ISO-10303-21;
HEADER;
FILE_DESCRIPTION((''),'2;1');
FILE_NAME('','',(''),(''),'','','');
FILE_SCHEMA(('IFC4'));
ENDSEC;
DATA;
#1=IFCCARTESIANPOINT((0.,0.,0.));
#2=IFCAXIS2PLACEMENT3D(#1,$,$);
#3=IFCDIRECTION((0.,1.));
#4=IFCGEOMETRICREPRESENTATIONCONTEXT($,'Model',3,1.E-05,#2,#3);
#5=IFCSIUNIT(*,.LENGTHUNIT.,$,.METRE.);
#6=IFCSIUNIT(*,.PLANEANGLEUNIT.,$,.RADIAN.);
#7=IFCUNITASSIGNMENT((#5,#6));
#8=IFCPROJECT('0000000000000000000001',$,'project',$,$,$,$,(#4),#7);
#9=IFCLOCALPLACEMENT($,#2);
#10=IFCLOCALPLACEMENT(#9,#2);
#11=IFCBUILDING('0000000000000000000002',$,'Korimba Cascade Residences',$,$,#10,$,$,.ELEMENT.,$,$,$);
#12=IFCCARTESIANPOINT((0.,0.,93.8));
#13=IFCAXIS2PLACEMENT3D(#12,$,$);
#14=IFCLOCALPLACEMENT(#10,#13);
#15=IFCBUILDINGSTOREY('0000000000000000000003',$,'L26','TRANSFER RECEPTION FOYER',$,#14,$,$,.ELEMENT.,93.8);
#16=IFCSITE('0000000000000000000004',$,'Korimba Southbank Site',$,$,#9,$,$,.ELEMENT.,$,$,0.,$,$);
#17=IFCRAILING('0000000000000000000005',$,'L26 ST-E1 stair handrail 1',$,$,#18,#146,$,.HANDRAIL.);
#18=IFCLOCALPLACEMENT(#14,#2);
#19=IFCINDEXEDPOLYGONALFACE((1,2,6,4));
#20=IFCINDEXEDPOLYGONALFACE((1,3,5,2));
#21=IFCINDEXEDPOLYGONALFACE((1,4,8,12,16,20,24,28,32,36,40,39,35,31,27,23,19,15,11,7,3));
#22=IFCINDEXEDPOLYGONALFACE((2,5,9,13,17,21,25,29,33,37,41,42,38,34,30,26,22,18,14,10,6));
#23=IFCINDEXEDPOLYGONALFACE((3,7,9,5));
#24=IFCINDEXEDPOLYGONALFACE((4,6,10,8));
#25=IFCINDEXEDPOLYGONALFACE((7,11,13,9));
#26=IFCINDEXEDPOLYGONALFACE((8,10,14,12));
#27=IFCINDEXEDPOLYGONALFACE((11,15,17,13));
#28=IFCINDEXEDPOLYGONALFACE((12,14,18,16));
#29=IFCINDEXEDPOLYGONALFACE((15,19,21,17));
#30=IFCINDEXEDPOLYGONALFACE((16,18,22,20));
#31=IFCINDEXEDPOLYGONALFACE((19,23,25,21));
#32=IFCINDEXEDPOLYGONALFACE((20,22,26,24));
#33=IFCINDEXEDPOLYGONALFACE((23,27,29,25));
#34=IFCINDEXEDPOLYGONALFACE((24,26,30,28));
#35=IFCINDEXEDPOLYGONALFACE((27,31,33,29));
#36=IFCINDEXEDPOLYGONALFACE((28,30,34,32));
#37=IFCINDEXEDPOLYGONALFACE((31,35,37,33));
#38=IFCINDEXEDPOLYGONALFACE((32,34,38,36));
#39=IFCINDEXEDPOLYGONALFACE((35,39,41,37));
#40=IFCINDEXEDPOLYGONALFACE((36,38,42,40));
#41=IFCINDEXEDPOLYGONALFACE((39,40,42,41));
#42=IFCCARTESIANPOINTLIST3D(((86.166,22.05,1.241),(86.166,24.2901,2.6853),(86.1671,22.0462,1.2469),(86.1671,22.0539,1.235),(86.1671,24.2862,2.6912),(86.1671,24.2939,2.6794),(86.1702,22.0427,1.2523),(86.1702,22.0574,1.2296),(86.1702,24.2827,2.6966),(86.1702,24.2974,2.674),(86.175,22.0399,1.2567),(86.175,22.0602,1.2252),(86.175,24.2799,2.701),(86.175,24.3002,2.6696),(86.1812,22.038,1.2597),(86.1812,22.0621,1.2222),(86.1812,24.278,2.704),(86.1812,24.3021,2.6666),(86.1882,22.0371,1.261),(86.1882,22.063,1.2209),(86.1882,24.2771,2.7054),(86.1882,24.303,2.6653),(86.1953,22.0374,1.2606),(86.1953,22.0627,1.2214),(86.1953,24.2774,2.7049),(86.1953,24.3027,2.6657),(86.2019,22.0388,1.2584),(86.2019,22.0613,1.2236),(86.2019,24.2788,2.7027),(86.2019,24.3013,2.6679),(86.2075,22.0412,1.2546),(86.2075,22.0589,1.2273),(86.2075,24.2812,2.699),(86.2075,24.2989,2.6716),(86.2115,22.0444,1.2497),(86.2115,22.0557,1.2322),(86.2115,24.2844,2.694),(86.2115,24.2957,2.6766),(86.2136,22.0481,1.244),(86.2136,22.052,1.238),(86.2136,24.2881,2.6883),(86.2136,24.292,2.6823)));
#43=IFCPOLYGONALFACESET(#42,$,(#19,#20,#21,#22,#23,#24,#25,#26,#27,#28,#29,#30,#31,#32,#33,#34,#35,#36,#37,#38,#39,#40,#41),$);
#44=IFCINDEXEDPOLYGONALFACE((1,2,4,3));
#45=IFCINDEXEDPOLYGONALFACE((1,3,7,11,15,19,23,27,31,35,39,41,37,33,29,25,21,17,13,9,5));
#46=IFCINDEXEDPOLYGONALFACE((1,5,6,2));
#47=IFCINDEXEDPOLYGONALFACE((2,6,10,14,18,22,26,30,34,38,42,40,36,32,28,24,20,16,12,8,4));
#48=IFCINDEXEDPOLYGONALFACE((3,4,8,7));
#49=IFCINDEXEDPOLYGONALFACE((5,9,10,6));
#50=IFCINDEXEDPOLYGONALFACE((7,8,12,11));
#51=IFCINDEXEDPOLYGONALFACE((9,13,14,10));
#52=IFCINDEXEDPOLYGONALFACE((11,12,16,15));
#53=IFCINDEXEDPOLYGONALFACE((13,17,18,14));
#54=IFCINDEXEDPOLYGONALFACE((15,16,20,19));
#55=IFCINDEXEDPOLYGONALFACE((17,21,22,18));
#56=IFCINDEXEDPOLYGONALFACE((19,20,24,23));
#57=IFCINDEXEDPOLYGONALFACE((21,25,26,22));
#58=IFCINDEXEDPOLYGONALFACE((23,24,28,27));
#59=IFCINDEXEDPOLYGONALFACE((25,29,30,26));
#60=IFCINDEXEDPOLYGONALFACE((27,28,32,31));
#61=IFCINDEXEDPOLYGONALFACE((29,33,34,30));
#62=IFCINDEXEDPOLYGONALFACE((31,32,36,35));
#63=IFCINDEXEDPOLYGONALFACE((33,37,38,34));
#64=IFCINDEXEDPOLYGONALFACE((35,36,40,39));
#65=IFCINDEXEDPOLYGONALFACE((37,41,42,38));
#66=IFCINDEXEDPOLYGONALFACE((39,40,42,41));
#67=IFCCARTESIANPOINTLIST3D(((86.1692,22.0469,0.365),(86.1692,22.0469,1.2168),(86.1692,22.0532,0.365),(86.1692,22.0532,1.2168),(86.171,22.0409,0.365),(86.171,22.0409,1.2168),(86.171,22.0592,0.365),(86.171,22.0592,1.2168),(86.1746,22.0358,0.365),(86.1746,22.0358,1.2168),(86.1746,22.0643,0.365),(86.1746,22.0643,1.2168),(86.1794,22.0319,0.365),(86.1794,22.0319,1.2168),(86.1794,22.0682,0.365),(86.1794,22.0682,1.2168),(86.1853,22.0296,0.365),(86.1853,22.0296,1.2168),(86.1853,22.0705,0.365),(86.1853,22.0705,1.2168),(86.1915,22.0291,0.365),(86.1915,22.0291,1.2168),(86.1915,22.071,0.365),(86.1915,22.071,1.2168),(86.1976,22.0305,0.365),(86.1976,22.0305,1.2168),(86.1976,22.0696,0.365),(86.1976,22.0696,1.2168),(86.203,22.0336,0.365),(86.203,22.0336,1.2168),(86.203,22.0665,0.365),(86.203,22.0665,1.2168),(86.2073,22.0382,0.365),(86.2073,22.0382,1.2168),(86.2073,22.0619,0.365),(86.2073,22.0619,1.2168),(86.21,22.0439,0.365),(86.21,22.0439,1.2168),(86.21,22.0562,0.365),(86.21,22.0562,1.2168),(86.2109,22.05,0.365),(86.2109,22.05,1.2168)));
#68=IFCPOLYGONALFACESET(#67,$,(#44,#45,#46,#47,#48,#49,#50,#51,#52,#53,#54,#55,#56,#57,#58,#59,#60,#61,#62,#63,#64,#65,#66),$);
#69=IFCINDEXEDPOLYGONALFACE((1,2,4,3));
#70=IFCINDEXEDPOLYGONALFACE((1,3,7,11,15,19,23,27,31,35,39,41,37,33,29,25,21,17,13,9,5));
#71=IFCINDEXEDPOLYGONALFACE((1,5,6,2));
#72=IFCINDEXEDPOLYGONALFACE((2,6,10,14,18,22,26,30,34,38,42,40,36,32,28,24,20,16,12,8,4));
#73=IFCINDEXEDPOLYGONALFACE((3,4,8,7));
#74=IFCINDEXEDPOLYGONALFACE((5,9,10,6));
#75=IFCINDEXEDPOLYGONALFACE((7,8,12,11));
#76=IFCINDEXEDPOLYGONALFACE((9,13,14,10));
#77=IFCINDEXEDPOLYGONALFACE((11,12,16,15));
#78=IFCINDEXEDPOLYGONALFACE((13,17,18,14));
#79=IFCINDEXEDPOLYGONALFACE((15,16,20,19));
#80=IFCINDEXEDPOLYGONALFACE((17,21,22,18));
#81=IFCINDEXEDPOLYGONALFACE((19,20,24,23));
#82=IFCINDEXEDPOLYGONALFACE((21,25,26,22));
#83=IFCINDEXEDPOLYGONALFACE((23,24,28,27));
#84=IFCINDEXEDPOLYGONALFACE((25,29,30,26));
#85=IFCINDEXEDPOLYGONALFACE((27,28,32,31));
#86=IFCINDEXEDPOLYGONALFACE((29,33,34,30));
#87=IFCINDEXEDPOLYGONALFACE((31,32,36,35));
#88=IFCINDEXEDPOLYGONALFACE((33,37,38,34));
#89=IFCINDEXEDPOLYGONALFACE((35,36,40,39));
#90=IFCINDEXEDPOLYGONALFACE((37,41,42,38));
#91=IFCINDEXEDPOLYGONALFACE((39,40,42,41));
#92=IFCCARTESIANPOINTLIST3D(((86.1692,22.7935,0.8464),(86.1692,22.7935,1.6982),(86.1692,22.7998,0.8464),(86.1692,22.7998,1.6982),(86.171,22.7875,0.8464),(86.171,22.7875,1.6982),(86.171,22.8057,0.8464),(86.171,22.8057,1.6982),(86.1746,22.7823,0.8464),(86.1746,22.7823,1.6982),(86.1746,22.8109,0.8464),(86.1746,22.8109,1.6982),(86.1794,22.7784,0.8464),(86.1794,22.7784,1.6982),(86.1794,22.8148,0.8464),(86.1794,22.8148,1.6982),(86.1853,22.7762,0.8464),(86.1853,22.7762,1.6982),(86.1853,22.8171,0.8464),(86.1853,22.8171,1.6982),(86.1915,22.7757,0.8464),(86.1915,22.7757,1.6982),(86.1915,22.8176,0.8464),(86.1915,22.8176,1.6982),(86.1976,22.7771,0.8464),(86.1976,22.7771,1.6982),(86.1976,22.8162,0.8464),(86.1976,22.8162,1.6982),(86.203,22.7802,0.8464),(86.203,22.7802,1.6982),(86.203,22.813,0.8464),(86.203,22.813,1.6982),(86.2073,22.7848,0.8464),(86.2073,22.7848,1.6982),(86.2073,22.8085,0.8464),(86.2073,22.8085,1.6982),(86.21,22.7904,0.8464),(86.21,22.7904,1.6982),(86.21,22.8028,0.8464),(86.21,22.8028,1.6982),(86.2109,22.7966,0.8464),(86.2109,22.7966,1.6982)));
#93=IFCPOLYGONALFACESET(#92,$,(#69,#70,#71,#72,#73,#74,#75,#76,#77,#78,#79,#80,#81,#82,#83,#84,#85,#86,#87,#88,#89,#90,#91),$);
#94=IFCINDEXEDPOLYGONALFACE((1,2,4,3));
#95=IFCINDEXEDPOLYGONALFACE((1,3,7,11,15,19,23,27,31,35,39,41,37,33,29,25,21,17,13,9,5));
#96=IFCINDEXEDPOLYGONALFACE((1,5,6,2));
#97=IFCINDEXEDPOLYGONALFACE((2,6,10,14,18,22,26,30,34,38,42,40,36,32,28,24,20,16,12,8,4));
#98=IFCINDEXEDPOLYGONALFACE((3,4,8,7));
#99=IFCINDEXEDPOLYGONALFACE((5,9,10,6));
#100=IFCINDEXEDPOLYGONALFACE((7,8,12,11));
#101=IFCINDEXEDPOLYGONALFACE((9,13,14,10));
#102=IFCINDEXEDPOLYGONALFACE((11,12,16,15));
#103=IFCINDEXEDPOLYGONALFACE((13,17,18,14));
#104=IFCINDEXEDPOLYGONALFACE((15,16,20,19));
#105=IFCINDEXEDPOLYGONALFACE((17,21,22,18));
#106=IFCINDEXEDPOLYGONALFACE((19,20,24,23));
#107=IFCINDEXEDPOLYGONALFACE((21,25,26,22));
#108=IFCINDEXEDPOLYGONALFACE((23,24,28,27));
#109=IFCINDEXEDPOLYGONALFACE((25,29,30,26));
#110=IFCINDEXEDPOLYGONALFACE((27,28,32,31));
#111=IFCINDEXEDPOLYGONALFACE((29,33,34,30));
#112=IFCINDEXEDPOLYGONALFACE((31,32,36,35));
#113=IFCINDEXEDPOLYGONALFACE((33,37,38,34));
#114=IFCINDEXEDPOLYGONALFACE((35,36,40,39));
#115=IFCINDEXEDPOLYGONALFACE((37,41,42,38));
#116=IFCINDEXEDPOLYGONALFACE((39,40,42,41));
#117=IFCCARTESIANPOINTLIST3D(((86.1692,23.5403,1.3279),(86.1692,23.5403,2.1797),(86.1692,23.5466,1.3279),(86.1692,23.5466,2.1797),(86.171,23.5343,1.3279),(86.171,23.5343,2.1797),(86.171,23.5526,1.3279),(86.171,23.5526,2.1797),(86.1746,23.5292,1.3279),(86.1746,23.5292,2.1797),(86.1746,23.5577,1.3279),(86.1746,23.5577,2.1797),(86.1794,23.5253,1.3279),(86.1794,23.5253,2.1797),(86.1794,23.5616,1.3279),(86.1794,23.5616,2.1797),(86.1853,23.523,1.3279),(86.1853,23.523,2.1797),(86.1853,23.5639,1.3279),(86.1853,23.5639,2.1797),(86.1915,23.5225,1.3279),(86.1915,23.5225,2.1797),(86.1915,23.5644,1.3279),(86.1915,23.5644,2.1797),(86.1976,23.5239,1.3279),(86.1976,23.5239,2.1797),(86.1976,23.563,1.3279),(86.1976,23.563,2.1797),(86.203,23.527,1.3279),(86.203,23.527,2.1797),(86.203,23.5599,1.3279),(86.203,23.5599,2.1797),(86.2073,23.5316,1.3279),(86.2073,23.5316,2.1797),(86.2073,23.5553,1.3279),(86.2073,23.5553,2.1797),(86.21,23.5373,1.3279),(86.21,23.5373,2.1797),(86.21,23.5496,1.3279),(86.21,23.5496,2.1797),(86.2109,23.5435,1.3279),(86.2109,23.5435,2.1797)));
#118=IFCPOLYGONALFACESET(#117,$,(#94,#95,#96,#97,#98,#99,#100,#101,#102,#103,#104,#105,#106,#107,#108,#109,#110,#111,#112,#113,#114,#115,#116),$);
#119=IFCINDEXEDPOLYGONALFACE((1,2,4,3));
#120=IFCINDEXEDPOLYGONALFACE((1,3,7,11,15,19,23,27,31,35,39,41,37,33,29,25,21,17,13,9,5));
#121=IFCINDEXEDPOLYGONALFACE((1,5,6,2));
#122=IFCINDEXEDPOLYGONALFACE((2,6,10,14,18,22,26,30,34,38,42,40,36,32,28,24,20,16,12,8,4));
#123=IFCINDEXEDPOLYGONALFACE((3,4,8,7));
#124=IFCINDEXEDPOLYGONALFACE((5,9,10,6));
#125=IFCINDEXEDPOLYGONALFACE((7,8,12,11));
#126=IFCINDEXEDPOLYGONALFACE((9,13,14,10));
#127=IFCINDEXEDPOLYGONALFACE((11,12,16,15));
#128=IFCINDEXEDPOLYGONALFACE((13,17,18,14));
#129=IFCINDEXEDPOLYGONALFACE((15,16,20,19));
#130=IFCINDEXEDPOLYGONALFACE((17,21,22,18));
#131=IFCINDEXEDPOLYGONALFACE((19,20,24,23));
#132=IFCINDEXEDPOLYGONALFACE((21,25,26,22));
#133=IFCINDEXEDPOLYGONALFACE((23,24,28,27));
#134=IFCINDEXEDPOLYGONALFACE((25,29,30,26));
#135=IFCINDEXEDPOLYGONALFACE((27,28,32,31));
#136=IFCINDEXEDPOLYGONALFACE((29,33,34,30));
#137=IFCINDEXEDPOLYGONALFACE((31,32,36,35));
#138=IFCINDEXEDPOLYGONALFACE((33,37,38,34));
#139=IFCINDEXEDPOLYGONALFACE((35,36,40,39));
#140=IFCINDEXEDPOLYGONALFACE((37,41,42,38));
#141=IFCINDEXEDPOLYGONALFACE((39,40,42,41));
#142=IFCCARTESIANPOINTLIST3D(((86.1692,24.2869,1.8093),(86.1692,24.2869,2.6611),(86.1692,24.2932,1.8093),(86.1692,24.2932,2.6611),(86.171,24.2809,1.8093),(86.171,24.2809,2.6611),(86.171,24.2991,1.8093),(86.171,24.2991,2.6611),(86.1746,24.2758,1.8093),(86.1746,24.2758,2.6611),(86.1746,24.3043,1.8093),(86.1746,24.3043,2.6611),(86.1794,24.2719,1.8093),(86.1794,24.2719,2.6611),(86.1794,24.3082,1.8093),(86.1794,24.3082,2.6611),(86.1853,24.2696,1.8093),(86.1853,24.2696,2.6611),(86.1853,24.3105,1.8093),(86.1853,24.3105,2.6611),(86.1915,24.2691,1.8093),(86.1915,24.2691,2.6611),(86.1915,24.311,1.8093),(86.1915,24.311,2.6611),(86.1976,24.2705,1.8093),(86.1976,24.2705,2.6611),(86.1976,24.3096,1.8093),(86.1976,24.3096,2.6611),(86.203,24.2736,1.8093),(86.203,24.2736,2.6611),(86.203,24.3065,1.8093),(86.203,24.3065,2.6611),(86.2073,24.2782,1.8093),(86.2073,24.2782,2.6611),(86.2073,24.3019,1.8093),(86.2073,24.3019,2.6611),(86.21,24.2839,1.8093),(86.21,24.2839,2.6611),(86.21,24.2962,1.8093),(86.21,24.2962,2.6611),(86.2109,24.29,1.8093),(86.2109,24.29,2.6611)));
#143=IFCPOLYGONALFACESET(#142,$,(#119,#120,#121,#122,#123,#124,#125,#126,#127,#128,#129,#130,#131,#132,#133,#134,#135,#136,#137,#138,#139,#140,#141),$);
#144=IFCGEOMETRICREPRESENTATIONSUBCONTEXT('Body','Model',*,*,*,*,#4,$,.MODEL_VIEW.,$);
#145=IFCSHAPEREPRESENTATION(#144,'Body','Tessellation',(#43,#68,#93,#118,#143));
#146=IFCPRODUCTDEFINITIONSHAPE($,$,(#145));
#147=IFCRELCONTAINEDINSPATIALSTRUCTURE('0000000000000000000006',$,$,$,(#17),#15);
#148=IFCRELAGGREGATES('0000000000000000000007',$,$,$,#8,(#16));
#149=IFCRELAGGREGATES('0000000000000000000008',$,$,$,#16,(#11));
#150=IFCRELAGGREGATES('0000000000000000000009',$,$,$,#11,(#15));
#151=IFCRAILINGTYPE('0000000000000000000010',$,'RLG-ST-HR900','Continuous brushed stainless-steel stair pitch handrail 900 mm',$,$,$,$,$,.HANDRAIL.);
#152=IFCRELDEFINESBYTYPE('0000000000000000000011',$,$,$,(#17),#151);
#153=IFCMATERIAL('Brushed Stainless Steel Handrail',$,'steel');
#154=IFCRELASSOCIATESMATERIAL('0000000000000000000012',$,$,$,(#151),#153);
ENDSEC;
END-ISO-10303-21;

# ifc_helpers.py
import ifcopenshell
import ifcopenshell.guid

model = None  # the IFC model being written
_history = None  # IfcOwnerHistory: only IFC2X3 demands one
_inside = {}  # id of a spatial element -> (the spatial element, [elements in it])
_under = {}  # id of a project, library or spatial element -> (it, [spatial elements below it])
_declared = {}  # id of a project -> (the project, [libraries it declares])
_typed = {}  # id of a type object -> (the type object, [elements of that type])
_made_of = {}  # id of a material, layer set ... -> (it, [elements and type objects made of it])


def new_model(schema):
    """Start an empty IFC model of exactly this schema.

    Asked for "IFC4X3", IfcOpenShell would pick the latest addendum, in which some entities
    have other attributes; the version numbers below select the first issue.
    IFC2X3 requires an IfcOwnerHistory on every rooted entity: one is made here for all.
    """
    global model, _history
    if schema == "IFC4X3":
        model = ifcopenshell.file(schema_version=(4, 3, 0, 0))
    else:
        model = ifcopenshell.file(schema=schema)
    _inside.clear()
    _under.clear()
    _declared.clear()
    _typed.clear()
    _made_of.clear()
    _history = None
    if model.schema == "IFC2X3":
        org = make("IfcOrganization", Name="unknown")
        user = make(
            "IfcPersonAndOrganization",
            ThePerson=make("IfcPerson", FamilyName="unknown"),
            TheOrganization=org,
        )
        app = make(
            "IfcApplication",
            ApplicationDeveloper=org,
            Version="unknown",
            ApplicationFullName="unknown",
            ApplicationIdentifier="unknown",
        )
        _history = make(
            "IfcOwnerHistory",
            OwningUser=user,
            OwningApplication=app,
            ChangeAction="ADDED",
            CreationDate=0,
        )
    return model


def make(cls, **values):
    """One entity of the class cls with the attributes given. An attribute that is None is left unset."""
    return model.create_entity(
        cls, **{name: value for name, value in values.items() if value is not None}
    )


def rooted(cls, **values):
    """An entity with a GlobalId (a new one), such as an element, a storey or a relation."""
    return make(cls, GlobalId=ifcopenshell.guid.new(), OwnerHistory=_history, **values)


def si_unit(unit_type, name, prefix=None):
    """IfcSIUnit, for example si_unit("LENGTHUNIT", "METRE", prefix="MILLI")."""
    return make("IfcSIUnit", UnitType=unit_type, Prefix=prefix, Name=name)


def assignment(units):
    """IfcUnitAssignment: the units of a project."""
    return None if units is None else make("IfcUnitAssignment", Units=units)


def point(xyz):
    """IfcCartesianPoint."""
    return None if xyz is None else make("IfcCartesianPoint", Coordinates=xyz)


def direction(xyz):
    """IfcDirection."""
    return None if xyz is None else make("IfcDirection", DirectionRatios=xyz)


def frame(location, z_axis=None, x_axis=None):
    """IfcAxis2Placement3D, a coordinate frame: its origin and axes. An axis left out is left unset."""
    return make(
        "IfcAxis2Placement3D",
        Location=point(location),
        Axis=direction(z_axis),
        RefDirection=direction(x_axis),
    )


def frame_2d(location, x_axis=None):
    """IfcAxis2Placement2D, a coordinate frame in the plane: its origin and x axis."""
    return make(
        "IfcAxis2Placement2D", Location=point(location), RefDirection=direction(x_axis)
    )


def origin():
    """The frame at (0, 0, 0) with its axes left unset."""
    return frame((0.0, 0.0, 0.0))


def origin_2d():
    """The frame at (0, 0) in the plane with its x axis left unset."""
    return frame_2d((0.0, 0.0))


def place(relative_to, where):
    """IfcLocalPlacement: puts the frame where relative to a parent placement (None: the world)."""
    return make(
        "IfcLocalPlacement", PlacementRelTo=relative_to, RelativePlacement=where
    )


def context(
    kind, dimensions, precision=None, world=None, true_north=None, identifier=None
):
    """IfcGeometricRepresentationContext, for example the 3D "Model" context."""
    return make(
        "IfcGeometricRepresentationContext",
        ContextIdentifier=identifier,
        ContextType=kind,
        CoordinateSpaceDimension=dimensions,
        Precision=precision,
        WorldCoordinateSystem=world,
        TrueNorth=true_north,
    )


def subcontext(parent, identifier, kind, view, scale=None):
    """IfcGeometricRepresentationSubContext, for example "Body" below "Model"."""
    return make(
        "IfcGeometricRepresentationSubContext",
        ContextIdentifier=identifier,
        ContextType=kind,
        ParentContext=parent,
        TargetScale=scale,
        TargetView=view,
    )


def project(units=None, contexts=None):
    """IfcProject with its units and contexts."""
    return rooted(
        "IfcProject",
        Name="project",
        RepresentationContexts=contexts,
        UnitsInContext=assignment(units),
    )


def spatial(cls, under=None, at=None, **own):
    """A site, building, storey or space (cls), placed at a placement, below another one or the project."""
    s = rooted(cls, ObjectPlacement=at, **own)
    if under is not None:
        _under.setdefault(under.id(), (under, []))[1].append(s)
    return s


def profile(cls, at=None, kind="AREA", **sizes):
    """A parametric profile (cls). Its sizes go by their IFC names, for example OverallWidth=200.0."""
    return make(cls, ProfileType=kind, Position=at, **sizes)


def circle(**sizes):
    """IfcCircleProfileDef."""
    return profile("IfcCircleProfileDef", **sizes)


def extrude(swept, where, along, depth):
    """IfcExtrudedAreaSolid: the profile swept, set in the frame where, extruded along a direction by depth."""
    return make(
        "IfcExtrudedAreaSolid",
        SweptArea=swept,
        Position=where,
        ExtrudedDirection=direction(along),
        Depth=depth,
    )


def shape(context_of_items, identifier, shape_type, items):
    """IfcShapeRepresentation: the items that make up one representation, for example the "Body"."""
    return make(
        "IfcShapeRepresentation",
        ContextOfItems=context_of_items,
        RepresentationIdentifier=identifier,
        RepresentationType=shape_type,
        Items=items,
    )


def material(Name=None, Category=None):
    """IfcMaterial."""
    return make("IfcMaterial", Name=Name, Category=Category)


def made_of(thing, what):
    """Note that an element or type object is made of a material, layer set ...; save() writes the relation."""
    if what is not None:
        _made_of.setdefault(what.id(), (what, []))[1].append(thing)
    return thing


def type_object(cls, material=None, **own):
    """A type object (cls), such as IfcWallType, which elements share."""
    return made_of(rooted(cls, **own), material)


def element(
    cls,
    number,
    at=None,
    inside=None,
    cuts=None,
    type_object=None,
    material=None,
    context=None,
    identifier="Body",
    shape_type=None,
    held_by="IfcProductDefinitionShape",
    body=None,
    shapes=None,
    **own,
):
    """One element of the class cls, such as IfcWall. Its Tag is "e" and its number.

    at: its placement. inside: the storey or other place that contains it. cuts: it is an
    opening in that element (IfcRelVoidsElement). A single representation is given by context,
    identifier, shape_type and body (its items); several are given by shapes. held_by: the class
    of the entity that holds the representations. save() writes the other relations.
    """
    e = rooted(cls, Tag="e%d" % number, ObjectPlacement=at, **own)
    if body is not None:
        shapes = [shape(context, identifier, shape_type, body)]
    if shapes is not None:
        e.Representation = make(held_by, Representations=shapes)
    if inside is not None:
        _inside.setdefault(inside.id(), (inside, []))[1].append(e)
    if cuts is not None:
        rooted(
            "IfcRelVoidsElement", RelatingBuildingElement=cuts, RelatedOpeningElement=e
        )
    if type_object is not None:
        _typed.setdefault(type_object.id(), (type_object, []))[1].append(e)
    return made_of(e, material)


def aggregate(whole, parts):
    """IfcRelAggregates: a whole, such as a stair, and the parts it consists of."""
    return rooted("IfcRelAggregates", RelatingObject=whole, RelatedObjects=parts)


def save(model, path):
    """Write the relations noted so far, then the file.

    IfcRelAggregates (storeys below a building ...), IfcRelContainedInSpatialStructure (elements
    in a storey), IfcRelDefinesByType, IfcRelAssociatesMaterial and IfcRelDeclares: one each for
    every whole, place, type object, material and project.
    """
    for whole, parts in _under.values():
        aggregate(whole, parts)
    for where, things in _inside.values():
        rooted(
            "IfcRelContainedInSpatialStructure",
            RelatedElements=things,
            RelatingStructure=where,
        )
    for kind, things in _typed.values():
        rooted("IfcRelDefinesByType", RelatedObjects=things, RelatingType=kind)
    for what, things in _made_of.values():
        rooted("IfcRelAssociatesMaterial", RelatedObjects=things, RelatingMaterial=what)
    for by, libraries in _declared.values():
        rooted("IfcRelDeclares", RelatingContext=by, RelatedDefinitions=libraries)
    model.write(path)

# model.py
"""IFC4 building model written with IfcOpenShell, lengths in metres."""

from ifc_helpers import new_model, si_unit, direction, frame, origin, origin_2d, place, context, subcontext, project, spatial, circle, extrude, material, type_object, element, save


model = new_model("IFC4")

# Units and contexts
model_context = context("Model", 3, precision=1e-05, world=origin(), true_north=direction((0.0, 1.0)))
body_context = subcontext(model_context, "Body", "Model", "MODEL_VIEW")
ifc_project = project(units=[si_unit("LENGTHUNIT", "METRE"), si_unit("PLANEANGLEUNIT", "RADIAN")], contexts=[model_context])

# Site, building, storey
site_placement = place(None, origin())
site = spatial("IfcSite", under=ifc_project, at=site_placement, Name="Korimba Southbank Site", CompositionType="ELEMENT", RefElevation=0.0)
building_placement = place(site_placement, origin())
building = spatial("IfcBuilding", under=site, at=building_placement, Name="Korimba Cascade Residences", CompositionType="ELEMENT")
storey_placement = place(building_placement, frame((0.0, 0.0, 93.8)))
storey = spatial("IfcBuildingStorey", under=building, at=storey_placement, Name="L26", Description="TRANSFER RECEPTION FOYER", CompositionType="ELEMENT", Elevation=93.8)

# Railing
ifc_material_1 = material(Name="Brushed Stainless Steel Handrail", Category="steel")
railing_type_1 = type_object("IfcRailingType", Name="RLG-ST-HR900", Description="Continuous brushed stainless-steel stair pitch handrail 900 mm", PredefinedType="HANDRAIL", material=ifc_material_1)
railing_1_placement = place(storey_placement, frame((86.1899, 22.05, 0.365)))
element("IfcRailing", 1, at=railing_1_placement, inside=storey, type_object=railing_type_1, Name="L26 ST-E1 stair handrail 1", PredefinedType="HANDRAIL", context=body_context, shape_type="SweptSolid", body=[
    extrude(circle(Radius=0.0239, at=origin_2d()), frame((0.0, 0.0, 0.876), z_axis=(0.0, 0.840437, 0.54191), x_axis=(-1.0, 0.0, 0.0)), (0.0, 0.0, 1.0), 2.6653),
    extrude(circle(Radius=0.021, at=origin_2d()), origin(), (0.0, 0.0, 1.0), 0.8518),
    extrude(circle(Radius=0.021, at=origin_2d()), frame((0.0, 0.7466, 0.4814)), (0.0, 0.0, 1.0), 0.8518),
    extrude(circle(Radius=0.021, at=origin_2d()), frame((0.0, 1.4934, 0.9629)), (0.0, 0.0, 1.0), 0.8518),
    extrude(circle(Radius=0.021, at=origin_2d()), frame((0.0, 2.24, 1.4443)), (0.0, 0.0, 1.0), 0.8518),
])

save(model, "model.ifc")
